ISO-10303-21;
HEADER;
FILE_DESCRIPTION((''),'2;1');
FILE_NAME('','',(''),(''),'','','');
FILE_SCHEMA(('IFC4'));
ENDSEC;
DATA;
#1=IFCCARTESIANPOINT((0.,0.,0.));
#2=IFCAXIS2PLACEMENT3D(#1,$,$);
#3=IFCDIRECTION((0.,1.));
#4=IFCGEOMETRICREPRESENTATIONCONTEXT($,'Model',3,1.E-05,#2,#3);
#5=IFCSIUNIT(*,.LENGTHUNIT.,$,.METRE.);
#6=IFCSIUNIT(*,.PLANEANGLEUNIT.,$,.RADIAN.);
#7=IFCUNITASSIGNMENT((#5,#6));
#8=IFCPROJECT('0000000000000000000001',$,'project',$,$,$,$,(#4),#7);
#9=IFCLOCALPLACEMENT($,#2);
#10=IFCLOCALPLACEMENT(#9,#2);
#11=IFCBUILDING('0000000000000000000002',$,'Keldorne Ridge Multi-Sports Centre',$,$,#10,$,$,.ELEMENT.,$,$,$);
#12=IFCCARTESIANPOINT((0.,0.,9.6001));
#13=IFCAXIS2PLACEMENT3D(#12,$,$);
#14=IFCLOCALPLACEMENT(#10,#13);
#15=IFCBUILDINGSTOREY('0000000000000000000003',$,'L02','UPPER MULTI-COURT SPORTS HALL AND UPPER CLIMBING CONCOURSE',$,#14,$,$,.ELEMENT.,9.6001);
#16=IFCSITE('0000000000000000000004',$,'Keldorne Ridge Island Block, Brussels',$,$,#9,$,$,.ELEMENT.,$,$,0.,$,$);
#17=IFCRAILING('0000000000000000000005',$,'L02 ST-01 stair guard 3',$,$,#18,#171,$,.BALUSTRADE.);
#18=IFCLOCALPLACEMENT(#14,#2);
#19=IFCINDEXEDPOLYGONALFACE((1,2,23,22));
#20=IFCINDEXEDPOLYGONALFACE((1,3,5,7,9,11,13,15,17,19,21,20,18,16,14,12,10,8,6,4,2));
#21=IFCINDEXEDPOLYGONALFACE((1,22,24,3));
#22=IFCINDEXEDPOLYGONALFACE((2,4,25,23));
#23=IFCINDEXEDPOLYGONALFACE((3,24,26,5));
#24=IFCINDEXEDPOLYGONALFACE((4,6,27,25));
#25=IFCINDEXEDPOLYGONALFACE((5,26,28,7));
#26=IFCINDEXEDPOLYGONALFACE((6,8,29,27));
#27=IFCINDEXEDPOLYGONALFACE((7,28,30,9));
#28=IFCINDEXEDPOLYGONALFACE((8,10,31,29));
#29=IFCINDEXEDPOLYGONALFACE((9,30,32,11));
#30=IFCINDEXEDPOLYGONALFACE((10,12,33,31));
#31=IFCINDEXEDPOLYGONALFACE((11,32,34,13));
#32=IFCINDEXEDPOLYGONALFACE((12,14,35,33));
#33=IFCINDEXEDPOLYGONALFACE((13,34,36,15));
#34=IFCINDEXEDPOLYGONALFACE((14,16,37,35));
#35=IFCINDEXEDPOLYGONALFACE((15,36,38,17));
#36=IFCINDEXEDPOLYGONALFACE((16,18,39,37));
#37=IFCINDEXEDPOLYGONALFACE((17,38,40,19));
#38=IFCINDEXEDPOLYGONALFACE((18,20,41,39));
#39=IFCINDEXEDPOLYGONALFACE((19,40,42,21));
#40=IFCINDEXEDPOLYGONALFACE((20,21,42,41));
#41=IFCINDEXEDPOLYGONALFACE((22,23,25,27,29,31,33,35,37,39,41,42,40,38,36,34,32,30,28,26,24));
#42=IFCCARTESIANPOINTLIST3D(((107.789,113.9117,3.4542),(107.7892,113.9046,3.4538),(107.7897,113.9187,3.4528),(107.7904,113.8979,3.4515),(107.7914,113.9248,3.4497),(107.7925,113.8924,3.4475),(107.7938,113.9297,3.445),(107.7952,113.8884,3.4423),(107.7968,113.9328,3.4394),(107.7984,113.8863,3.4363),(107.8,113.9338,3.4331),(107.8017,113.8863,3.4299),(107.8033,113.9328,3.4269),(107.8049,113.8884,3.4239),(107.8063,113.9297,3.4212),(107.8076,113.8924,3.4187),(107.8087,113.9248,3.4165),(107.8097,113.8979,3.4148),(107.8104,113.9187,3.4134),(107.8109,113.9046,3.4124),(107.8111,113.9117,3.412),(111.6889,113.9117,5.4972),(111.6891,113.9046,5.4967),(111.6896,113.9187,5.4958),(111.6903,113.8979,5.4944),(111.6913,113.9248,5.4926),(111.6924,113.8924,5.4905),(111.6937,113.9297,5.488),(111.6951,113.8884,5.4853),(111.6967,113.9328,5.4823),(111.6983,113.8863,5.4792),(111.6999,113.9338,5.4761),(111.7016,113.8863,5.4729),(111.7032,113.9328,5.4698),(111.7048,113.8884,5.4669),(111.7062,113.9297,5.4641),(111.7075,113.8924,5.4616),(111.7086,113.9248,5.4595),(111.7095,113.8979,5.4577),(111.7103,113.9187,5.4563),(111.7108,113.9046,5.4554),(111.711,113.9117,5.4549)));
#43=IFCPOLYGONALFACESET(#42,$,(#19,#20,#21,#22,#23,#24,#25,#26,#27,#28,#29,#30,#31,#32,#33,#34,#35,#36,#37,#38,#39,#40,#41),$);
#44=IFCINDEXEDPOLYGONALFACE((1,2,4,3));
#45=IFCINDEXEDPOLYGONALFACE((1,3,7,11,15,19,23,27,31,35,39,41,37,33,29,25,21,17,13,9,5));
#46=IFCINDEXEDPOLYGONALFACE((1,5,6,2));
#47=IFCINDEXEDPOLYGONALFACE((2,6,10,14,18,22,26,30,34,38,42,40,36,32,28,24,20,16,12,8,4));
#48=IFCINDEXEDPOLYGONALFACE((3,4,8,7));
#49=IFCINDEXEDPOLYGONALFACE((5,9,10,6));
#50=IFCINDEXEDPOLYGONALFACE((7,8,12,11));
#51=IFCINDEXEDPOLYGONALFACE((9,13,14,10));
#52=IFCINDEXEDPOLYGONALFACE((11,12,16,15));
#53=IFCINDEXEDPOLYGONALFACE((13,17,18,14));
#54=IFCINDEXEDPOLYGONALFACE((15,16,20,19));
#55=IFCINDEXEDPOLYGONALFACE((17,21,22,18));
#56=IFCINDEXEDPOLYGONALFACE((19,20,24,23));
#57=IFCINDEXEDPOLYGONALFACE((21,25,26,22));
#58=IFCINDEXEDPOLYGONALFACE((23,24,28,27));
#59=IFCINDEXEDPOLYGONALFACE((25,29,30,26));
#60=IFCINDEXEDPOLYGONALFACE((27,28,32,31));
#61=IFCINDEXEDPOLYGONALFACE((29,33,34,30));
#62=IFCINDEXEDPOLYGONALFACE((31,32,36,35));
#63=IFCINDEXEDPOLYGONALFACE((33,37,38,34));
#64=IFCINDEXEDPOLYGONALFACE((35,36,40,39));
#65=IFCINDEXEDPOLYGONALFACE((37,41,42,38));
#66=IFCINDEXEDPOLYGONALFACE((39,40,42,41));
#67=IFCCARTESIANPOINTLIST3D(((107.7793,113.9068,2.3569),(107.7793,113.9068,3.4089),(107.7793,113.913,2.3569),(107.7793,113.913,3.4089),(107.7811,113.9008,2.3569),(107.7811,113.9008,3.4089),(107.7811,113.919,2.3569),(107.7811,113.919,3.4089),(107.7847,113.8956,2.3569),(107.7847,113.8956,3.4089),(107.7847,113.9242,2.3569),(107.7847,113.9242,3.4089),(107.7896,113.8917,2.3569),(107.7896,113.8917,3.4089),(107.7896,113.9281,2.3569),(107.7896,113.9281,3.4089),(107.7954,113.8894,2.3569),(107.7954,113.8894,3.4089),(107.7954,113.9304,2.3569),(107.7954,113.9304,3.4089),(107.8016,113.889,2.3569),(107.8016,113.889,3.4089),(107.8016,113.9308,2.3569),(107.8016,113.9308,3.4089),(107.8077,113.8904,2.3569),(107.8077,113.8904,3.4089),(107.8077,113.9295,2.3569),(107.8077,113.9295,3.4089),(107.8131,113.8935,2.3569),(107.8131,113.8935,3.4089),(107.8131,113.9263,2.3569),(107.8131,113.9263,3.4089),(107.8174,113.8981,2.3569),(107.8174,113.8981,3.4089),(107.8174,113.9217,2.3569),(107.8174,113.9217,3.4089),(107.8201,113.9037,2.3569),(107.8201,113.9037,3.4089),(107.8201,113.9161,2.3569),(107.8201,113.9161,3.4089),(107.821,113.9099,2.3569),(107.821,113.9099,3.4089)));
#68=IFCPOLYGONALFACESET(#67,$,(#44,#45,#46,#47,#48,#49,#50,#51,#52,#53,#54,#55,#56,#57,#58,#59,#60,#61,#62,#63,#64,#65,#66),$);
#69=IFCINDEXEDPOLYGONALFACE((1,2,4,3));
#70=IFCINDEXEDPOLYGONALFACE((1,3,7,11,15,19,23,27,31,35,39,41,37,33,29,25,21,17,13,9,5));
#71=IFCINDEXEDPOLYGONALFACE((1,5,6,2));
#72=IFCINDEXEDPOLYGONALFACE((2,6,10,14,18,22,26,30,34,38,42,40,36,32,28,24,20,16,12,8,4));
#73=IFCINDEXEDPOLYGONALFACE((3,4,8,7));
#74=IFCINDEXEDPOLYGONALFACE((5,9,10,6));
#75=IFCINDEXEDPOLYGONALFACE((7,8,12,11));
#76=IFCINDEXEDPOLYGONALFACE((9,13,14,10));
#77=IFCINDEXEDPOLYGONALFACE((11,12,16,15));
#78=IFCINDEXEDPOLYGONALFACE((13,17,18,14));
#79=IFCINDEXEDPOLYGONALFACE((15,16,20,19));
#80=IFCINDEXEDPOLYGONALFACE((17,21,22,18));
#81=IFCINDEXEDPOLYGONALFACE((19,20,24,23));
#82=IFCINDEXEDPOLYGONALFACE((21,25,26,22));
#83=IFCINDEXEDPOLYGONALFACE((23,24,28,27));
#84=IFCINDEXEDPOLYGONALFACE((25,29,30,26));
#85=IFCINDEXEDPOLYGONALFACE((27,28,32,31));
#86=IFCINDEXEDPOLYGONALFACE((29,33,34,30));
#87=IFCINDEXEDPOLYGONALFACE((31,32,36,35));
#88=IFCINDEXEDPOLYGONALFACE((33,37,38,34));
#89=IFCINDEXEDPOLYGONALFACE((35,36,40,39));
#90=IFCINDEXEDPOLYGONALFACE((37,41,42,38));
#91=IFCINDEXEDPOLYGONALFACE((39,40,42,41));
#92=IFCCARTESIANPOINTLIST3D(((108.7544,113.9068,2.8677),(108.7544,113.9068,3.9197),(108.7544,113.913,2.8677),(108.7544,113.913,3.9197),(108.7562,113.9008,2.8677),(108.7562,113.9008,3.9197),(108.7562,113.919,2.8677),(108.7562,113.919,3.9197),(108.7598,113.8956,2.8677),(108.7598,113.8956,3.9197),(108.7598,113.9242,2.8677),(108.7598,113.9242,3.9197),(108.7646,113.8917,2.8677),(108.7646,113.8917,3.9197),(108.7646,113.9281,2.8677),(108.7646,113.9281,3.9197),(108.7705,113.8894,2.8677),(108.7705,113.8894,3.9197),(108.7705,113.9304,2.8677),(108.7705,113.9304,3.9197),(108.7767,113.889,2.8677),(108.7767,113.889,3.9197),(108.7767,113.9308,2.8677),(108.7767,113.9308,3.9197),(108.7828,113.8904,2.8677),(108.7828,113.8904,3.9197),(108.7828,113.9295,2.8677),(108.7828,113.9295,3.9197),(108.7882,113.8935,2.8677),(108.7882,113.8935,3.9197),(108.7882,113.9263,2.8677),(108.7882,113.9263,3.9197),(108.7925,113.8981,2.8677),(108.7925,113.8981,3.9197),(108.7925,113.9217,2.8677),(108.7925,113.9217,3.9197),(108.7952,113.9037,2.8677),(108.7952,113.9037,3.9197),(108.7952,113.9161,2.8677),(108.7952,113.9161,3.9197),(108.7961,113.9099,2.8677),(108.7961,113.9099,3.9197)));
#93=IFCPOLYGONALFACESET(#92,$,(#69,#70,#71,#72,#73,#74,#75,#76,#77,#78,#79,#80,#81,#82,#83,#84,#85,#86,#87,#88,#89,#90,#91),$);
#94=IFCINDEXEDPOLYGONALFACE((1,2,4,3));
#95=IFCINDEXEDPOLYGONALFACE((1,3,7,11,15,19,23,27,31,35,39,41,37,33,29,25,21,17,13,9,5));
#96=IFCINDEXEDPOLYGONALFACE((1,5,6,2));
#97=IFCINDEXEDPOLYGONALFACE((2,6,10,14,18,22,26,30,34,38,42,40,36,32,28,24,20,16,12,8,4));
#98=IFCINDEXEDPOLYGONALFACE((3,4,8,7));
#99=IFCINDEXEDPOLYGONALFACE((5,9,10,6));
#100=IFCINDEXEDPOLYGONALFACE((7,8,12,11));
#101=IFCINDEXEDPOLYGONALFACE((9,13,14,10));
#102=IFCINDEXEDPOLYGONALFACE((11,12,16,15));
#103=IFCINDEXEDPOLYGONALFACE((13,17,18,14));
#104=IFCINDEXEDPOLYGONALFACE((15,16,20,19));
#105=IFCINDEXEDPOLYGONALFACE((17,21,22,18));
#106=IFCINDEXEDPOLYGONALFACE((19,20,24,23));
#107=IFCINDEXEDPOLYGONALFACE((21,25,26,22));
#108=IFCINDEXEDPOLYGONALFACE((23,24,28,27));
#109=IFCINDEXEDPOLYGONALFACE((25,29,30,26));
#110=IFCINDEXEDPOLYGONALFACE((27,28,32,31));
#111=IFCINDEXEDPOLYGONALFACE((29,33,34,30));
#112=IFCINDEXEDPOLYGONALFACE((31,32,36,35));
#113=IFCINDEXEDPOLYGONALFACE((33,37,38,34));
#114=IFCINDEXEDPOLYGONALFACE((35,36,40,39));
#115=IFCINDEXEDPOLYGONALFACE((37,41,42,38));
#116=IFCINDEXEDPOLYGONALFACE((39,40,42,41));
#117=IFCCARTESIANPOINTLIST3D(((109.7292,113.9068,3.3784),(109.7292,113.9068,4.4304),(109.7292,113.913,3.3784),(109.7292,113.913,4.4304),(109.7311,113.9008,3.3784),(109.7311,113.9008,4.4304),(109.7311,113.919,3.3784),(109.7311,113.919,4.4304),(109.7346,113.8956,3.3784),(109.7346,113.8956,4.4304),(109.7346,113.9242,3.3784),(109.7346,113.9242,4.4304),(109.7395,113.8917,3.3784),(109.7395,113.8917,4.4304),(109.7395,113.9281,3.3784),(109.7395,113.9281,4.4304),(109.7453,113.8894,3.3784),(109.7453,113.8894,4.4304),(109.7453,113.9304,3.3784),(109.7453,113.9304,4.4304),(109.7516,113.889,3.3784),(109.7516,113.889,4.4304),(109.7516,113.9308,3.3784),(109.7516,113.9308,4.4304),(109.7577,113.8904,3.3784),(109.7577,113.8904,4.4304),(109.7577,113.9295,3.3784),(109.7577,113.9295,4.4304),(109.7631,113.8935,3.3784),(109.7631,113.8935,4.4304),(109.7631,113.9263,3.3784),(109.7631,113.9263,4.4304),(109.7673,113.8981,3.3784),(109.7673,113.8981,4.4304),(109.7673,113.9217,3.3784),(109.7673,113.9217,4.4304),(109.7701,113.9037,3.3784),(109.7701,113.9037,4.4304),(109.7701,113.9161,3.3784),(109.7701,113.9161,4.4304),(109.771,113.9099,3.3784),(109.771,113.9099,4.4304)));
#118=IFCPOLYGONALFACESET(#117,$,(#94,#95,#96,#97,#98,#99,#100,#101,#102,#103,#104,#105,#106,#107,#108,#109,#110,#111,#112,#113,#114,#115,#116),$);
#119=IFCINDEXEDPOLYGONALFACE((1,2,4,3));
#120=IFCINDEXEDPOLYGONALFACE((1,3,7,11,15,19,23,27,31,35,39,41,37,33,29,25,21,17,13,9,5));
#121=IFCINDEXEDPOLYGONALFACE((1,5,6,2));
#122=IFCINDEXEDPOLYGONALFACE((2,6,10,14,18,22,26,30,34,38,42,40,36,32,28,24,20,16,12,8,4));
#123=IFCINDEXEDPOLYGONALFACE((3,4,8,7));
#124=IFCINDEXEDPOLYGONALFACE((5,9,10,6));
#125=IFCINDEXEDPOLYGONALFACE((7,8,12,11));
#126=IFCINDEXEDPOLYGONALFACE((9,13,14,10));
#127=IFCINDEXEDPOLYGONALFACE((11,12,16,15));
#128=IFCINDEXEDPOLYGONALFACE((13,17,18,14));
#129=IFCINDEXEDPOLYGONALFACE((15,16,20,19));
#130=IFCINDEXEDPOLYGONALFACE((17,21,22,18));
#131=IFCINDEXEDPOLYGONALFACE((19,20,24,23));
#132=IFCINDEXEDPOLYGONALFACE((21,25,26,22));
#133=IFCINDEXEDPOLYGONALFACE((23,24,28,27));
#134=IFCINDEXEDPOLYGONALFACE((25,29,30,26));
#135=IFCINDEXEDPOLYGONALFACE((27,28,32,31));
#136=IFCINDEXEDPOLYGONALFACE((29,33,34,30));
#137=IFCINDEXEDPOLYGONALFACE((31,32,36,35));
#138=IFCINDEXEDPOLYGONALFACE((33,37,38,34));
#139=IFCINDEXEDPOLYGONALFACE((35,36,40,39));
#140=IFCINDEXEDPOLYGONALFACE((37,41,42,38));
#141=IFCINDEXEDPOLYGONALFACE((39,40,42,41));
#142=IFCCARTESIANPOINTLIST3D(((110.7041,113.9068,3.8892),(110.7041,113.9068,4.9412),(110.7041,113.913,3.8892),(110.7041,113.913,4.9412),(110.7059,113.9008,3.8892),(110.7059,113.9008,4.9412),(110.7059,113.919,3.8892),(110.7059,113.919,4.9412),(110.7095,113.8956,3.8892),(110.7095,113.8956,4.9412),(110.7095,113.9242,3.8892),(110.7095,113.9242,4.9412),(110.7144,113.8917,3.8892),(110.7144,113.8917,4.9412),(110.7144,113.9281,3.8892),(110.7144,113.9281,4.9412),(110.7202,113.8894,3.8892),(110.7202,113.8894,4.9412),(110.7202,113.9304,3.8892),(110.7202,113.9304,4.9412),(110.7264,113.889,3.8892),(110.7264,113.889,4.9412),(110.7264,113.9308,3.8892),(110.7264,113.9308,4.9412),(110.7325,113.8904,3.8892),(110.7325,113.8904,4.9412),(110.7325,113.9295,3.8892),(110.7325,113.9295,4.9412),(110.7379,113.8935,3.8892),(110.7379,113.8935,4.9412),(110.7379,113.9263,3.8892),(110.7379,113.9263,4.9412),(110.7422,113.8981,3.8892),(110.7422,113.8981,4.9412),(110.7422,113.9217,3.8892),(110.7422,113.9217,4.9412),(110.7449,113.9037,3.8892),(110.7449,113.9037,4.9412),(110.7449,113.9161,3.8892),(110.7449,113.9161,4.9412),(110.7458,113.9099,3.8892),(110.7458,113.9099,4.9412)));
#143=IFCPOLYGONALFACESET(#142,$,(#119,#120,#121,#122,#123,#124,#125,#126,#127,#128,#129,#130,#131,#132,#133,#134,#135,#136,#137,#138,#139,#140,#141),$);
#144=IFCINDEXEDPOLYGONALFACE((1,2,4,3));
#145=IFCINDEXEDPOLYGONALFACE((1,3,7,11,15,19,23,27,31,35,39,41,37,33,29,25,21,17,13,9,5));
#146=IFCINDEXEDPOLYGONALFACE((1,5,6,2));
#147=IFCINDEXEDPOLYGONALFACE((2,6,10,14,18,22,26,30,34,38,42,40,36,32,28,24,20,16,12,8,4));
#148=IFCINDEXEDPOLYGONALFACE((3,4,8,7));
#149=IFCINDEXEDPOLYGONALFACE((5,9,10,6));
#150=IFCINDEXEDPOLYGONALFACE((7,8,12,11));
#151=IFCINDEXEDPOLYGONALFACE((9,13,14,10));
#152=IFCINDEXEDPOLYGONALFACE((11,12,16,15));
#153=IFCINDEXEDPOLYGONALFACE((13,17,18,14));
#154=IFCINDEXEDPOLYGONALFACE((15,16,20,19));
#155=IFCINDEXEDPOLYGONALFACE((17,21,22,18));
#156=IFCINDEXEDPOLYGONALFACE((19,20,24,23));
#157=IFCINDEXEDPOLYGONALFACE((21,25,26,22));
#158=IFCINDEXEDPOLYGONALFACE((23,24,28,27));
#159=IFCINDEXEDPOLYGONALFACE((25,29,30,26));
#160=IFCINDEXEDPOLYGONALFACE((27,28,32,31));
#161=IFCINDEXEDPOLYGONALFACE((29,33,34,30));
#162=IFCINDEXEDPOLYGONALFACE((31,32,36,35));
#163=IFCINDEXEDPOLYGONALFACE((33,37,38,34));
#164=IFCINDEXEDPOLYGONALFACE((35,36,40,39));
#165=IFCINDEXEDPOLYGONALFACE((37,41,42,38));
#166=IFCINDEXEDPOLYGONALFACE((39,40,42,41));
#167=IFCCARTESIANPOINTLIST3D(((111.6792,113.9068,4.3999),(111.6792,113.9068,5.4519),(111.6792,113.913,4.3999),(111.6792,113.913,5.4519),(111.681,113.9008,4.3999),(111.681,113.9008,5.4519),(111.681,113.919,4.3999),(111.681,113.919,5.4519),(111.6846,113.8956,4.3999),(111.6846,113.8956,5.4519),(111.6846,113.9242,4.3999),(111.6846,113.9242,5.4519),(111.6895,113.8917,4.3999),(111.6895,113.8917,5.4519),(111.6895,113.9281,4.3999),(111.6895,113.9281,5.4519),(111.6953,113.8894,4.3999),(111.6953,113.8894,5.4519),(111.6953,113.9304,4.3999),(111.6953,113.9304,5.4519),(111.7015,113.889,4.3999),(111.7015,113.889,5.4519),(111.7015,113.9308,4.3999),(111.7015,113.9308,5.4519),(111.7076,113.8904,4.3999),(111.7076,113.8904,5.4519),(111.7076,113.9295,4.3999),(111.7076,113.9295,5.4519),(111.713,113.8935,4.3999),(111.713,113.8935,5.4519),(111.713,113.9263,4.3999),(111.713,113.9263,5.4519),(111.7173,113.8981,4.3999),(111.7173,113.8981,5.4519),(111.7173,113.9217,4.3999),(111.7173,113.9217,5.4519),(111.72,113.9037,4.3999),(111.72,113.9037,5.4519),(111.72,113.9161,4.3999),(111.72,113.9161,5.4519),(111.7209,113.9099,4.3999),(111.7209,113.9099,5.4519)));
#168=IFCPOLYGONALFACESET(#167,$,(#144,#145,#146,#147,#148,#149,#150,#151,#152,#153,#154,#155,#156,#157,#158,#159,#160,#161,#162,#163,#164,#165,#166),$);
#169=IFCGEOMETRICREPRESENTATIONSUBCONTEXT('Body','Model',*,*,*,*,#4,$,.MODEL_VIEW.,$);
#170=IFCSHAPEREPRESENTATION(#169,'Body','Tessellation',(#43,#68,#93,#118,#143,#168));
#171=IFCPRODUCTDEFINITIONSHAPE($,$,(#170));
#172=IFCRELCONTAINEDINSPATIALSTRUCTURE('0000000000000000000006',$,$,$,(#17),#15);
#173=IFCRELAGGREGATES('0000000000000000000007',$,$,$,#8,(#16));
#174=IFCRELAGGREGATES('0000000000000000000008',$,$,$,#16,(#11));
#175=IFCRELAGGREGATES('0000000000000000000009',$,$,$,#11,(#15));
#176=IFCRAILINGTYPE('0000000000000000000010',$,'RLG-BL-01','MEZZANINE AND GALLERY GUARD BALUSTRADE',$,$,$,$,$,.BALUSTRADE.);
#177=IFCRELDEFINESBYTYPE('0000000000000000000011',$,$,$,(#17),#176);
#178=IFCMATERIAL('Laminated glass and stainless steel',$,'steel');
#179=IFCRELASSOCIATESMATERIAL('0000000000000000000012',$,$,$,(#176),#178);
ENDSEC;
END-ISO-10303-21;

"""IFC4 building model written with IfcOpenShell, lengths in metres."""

from ifc_helpers import new_model, si_unit, direction, frame, origin, origin_2d, place, context, subcontext, project, spatial, circle, extrude, material, type_object, element, save


model = new_model("IFC4")

# Units and contexts
model_context = context("Model", 3, precision=1e-05, world=origin(), true_north=direction((0.0, 1.0)))
body_context = subcontext(model_context, "Body", "Model", "MODEL_VIEW")
ifc_project = project(units=[si_unit("LENGTHUNIT", "METRE"), si_unit("PLANEANGLEUNIT", "RADIAN")], contexts=[model_context])

# Site, building, storey
site_placement = place(None, origin())
site = spatial("IfcSite", under=ifc_project, at=site_placement, Name="Keldorne Ridge Island Block, Brussels", CompositionType="ELEMENT", RefElevation=0.0)
building_placement = place(site_placement, origin())
building = spatial("IfcBuilding", under=site, at=building_placement, Name="Keldorne Ridge Multi-Sports Centre", CompositionType="ELEMENT")
storey_placement = place(building_placement, frame((0.0, 0.0, 9.6001)))
storey = spatial("IfcBuildingStorey", under=building, at=storey_placement, Name="L02", Description="UPPER MULTI-COURT SPORTS HALL AND UPPER CLIMBING CONCOURSE", CompositionType="ELEMENT", Elevation=9.6001)

# Railing
ifc_material_1 = material(Name="Laminated glass and stainless steel", Category="steel")
railing_type_1 = type_object("IfcRailingType", Name="RLG-BL-01", Description="MEZZANINE AND GALLERY GUARD BALUSTRADE", PredefinedType="BALUSTRADE", material=ifc_material_1)
railing_1_placement = place(storey_placement, frame((107.8, 113.9099, 2.3569)))
element("IfcRailing", 1, at=railing_1_placement, inside=storey, type_object=railing_type_1, Name="L02 ST-01 stair guard 3", PredefinedType="BALUSTRADE", context=body_context, shape_type="SweptSolid", body=[
    extrude(circle(Radius=0.0239, at=origin_2d()), frame((0.0, 0.0, 1.0762), z_axis=(0.885816, 0.0, 0.464036), x_axis=(0.0, 1.0, 0.0)), (0.0, 0.0, 1.0), 4.4026),
    extrude(circle(Radius=0.021, at=origin_2d()), origin(), (0.0, 0.0, 1.0), 1.052),
    extrude(circle(Radius=0.021, at=origin_2d()), frame((0.9751, 0.0, 0.5107)), (0.0, 0.0, 1.0), 1.052),
    extrude(circle(Radius=0.021, at=origin_2d()), frame((1.95, 0.0, 1.0215)), (0.0, 0.0, 1.0), 1.052),
    extrude(circle(Radius=0.021, at=origin_2d()), frame((2.9248, 0.0, 1.5322)), (0.0, 0.0, 1.0), 1.052),
    extrude(circle(Radius=0.021, at=origin_2d()), frame((3.8999, 0.0, 2.043)), (0.0, 0.0, 1.0), 1.052),
])

save(model, "model.ifc")
